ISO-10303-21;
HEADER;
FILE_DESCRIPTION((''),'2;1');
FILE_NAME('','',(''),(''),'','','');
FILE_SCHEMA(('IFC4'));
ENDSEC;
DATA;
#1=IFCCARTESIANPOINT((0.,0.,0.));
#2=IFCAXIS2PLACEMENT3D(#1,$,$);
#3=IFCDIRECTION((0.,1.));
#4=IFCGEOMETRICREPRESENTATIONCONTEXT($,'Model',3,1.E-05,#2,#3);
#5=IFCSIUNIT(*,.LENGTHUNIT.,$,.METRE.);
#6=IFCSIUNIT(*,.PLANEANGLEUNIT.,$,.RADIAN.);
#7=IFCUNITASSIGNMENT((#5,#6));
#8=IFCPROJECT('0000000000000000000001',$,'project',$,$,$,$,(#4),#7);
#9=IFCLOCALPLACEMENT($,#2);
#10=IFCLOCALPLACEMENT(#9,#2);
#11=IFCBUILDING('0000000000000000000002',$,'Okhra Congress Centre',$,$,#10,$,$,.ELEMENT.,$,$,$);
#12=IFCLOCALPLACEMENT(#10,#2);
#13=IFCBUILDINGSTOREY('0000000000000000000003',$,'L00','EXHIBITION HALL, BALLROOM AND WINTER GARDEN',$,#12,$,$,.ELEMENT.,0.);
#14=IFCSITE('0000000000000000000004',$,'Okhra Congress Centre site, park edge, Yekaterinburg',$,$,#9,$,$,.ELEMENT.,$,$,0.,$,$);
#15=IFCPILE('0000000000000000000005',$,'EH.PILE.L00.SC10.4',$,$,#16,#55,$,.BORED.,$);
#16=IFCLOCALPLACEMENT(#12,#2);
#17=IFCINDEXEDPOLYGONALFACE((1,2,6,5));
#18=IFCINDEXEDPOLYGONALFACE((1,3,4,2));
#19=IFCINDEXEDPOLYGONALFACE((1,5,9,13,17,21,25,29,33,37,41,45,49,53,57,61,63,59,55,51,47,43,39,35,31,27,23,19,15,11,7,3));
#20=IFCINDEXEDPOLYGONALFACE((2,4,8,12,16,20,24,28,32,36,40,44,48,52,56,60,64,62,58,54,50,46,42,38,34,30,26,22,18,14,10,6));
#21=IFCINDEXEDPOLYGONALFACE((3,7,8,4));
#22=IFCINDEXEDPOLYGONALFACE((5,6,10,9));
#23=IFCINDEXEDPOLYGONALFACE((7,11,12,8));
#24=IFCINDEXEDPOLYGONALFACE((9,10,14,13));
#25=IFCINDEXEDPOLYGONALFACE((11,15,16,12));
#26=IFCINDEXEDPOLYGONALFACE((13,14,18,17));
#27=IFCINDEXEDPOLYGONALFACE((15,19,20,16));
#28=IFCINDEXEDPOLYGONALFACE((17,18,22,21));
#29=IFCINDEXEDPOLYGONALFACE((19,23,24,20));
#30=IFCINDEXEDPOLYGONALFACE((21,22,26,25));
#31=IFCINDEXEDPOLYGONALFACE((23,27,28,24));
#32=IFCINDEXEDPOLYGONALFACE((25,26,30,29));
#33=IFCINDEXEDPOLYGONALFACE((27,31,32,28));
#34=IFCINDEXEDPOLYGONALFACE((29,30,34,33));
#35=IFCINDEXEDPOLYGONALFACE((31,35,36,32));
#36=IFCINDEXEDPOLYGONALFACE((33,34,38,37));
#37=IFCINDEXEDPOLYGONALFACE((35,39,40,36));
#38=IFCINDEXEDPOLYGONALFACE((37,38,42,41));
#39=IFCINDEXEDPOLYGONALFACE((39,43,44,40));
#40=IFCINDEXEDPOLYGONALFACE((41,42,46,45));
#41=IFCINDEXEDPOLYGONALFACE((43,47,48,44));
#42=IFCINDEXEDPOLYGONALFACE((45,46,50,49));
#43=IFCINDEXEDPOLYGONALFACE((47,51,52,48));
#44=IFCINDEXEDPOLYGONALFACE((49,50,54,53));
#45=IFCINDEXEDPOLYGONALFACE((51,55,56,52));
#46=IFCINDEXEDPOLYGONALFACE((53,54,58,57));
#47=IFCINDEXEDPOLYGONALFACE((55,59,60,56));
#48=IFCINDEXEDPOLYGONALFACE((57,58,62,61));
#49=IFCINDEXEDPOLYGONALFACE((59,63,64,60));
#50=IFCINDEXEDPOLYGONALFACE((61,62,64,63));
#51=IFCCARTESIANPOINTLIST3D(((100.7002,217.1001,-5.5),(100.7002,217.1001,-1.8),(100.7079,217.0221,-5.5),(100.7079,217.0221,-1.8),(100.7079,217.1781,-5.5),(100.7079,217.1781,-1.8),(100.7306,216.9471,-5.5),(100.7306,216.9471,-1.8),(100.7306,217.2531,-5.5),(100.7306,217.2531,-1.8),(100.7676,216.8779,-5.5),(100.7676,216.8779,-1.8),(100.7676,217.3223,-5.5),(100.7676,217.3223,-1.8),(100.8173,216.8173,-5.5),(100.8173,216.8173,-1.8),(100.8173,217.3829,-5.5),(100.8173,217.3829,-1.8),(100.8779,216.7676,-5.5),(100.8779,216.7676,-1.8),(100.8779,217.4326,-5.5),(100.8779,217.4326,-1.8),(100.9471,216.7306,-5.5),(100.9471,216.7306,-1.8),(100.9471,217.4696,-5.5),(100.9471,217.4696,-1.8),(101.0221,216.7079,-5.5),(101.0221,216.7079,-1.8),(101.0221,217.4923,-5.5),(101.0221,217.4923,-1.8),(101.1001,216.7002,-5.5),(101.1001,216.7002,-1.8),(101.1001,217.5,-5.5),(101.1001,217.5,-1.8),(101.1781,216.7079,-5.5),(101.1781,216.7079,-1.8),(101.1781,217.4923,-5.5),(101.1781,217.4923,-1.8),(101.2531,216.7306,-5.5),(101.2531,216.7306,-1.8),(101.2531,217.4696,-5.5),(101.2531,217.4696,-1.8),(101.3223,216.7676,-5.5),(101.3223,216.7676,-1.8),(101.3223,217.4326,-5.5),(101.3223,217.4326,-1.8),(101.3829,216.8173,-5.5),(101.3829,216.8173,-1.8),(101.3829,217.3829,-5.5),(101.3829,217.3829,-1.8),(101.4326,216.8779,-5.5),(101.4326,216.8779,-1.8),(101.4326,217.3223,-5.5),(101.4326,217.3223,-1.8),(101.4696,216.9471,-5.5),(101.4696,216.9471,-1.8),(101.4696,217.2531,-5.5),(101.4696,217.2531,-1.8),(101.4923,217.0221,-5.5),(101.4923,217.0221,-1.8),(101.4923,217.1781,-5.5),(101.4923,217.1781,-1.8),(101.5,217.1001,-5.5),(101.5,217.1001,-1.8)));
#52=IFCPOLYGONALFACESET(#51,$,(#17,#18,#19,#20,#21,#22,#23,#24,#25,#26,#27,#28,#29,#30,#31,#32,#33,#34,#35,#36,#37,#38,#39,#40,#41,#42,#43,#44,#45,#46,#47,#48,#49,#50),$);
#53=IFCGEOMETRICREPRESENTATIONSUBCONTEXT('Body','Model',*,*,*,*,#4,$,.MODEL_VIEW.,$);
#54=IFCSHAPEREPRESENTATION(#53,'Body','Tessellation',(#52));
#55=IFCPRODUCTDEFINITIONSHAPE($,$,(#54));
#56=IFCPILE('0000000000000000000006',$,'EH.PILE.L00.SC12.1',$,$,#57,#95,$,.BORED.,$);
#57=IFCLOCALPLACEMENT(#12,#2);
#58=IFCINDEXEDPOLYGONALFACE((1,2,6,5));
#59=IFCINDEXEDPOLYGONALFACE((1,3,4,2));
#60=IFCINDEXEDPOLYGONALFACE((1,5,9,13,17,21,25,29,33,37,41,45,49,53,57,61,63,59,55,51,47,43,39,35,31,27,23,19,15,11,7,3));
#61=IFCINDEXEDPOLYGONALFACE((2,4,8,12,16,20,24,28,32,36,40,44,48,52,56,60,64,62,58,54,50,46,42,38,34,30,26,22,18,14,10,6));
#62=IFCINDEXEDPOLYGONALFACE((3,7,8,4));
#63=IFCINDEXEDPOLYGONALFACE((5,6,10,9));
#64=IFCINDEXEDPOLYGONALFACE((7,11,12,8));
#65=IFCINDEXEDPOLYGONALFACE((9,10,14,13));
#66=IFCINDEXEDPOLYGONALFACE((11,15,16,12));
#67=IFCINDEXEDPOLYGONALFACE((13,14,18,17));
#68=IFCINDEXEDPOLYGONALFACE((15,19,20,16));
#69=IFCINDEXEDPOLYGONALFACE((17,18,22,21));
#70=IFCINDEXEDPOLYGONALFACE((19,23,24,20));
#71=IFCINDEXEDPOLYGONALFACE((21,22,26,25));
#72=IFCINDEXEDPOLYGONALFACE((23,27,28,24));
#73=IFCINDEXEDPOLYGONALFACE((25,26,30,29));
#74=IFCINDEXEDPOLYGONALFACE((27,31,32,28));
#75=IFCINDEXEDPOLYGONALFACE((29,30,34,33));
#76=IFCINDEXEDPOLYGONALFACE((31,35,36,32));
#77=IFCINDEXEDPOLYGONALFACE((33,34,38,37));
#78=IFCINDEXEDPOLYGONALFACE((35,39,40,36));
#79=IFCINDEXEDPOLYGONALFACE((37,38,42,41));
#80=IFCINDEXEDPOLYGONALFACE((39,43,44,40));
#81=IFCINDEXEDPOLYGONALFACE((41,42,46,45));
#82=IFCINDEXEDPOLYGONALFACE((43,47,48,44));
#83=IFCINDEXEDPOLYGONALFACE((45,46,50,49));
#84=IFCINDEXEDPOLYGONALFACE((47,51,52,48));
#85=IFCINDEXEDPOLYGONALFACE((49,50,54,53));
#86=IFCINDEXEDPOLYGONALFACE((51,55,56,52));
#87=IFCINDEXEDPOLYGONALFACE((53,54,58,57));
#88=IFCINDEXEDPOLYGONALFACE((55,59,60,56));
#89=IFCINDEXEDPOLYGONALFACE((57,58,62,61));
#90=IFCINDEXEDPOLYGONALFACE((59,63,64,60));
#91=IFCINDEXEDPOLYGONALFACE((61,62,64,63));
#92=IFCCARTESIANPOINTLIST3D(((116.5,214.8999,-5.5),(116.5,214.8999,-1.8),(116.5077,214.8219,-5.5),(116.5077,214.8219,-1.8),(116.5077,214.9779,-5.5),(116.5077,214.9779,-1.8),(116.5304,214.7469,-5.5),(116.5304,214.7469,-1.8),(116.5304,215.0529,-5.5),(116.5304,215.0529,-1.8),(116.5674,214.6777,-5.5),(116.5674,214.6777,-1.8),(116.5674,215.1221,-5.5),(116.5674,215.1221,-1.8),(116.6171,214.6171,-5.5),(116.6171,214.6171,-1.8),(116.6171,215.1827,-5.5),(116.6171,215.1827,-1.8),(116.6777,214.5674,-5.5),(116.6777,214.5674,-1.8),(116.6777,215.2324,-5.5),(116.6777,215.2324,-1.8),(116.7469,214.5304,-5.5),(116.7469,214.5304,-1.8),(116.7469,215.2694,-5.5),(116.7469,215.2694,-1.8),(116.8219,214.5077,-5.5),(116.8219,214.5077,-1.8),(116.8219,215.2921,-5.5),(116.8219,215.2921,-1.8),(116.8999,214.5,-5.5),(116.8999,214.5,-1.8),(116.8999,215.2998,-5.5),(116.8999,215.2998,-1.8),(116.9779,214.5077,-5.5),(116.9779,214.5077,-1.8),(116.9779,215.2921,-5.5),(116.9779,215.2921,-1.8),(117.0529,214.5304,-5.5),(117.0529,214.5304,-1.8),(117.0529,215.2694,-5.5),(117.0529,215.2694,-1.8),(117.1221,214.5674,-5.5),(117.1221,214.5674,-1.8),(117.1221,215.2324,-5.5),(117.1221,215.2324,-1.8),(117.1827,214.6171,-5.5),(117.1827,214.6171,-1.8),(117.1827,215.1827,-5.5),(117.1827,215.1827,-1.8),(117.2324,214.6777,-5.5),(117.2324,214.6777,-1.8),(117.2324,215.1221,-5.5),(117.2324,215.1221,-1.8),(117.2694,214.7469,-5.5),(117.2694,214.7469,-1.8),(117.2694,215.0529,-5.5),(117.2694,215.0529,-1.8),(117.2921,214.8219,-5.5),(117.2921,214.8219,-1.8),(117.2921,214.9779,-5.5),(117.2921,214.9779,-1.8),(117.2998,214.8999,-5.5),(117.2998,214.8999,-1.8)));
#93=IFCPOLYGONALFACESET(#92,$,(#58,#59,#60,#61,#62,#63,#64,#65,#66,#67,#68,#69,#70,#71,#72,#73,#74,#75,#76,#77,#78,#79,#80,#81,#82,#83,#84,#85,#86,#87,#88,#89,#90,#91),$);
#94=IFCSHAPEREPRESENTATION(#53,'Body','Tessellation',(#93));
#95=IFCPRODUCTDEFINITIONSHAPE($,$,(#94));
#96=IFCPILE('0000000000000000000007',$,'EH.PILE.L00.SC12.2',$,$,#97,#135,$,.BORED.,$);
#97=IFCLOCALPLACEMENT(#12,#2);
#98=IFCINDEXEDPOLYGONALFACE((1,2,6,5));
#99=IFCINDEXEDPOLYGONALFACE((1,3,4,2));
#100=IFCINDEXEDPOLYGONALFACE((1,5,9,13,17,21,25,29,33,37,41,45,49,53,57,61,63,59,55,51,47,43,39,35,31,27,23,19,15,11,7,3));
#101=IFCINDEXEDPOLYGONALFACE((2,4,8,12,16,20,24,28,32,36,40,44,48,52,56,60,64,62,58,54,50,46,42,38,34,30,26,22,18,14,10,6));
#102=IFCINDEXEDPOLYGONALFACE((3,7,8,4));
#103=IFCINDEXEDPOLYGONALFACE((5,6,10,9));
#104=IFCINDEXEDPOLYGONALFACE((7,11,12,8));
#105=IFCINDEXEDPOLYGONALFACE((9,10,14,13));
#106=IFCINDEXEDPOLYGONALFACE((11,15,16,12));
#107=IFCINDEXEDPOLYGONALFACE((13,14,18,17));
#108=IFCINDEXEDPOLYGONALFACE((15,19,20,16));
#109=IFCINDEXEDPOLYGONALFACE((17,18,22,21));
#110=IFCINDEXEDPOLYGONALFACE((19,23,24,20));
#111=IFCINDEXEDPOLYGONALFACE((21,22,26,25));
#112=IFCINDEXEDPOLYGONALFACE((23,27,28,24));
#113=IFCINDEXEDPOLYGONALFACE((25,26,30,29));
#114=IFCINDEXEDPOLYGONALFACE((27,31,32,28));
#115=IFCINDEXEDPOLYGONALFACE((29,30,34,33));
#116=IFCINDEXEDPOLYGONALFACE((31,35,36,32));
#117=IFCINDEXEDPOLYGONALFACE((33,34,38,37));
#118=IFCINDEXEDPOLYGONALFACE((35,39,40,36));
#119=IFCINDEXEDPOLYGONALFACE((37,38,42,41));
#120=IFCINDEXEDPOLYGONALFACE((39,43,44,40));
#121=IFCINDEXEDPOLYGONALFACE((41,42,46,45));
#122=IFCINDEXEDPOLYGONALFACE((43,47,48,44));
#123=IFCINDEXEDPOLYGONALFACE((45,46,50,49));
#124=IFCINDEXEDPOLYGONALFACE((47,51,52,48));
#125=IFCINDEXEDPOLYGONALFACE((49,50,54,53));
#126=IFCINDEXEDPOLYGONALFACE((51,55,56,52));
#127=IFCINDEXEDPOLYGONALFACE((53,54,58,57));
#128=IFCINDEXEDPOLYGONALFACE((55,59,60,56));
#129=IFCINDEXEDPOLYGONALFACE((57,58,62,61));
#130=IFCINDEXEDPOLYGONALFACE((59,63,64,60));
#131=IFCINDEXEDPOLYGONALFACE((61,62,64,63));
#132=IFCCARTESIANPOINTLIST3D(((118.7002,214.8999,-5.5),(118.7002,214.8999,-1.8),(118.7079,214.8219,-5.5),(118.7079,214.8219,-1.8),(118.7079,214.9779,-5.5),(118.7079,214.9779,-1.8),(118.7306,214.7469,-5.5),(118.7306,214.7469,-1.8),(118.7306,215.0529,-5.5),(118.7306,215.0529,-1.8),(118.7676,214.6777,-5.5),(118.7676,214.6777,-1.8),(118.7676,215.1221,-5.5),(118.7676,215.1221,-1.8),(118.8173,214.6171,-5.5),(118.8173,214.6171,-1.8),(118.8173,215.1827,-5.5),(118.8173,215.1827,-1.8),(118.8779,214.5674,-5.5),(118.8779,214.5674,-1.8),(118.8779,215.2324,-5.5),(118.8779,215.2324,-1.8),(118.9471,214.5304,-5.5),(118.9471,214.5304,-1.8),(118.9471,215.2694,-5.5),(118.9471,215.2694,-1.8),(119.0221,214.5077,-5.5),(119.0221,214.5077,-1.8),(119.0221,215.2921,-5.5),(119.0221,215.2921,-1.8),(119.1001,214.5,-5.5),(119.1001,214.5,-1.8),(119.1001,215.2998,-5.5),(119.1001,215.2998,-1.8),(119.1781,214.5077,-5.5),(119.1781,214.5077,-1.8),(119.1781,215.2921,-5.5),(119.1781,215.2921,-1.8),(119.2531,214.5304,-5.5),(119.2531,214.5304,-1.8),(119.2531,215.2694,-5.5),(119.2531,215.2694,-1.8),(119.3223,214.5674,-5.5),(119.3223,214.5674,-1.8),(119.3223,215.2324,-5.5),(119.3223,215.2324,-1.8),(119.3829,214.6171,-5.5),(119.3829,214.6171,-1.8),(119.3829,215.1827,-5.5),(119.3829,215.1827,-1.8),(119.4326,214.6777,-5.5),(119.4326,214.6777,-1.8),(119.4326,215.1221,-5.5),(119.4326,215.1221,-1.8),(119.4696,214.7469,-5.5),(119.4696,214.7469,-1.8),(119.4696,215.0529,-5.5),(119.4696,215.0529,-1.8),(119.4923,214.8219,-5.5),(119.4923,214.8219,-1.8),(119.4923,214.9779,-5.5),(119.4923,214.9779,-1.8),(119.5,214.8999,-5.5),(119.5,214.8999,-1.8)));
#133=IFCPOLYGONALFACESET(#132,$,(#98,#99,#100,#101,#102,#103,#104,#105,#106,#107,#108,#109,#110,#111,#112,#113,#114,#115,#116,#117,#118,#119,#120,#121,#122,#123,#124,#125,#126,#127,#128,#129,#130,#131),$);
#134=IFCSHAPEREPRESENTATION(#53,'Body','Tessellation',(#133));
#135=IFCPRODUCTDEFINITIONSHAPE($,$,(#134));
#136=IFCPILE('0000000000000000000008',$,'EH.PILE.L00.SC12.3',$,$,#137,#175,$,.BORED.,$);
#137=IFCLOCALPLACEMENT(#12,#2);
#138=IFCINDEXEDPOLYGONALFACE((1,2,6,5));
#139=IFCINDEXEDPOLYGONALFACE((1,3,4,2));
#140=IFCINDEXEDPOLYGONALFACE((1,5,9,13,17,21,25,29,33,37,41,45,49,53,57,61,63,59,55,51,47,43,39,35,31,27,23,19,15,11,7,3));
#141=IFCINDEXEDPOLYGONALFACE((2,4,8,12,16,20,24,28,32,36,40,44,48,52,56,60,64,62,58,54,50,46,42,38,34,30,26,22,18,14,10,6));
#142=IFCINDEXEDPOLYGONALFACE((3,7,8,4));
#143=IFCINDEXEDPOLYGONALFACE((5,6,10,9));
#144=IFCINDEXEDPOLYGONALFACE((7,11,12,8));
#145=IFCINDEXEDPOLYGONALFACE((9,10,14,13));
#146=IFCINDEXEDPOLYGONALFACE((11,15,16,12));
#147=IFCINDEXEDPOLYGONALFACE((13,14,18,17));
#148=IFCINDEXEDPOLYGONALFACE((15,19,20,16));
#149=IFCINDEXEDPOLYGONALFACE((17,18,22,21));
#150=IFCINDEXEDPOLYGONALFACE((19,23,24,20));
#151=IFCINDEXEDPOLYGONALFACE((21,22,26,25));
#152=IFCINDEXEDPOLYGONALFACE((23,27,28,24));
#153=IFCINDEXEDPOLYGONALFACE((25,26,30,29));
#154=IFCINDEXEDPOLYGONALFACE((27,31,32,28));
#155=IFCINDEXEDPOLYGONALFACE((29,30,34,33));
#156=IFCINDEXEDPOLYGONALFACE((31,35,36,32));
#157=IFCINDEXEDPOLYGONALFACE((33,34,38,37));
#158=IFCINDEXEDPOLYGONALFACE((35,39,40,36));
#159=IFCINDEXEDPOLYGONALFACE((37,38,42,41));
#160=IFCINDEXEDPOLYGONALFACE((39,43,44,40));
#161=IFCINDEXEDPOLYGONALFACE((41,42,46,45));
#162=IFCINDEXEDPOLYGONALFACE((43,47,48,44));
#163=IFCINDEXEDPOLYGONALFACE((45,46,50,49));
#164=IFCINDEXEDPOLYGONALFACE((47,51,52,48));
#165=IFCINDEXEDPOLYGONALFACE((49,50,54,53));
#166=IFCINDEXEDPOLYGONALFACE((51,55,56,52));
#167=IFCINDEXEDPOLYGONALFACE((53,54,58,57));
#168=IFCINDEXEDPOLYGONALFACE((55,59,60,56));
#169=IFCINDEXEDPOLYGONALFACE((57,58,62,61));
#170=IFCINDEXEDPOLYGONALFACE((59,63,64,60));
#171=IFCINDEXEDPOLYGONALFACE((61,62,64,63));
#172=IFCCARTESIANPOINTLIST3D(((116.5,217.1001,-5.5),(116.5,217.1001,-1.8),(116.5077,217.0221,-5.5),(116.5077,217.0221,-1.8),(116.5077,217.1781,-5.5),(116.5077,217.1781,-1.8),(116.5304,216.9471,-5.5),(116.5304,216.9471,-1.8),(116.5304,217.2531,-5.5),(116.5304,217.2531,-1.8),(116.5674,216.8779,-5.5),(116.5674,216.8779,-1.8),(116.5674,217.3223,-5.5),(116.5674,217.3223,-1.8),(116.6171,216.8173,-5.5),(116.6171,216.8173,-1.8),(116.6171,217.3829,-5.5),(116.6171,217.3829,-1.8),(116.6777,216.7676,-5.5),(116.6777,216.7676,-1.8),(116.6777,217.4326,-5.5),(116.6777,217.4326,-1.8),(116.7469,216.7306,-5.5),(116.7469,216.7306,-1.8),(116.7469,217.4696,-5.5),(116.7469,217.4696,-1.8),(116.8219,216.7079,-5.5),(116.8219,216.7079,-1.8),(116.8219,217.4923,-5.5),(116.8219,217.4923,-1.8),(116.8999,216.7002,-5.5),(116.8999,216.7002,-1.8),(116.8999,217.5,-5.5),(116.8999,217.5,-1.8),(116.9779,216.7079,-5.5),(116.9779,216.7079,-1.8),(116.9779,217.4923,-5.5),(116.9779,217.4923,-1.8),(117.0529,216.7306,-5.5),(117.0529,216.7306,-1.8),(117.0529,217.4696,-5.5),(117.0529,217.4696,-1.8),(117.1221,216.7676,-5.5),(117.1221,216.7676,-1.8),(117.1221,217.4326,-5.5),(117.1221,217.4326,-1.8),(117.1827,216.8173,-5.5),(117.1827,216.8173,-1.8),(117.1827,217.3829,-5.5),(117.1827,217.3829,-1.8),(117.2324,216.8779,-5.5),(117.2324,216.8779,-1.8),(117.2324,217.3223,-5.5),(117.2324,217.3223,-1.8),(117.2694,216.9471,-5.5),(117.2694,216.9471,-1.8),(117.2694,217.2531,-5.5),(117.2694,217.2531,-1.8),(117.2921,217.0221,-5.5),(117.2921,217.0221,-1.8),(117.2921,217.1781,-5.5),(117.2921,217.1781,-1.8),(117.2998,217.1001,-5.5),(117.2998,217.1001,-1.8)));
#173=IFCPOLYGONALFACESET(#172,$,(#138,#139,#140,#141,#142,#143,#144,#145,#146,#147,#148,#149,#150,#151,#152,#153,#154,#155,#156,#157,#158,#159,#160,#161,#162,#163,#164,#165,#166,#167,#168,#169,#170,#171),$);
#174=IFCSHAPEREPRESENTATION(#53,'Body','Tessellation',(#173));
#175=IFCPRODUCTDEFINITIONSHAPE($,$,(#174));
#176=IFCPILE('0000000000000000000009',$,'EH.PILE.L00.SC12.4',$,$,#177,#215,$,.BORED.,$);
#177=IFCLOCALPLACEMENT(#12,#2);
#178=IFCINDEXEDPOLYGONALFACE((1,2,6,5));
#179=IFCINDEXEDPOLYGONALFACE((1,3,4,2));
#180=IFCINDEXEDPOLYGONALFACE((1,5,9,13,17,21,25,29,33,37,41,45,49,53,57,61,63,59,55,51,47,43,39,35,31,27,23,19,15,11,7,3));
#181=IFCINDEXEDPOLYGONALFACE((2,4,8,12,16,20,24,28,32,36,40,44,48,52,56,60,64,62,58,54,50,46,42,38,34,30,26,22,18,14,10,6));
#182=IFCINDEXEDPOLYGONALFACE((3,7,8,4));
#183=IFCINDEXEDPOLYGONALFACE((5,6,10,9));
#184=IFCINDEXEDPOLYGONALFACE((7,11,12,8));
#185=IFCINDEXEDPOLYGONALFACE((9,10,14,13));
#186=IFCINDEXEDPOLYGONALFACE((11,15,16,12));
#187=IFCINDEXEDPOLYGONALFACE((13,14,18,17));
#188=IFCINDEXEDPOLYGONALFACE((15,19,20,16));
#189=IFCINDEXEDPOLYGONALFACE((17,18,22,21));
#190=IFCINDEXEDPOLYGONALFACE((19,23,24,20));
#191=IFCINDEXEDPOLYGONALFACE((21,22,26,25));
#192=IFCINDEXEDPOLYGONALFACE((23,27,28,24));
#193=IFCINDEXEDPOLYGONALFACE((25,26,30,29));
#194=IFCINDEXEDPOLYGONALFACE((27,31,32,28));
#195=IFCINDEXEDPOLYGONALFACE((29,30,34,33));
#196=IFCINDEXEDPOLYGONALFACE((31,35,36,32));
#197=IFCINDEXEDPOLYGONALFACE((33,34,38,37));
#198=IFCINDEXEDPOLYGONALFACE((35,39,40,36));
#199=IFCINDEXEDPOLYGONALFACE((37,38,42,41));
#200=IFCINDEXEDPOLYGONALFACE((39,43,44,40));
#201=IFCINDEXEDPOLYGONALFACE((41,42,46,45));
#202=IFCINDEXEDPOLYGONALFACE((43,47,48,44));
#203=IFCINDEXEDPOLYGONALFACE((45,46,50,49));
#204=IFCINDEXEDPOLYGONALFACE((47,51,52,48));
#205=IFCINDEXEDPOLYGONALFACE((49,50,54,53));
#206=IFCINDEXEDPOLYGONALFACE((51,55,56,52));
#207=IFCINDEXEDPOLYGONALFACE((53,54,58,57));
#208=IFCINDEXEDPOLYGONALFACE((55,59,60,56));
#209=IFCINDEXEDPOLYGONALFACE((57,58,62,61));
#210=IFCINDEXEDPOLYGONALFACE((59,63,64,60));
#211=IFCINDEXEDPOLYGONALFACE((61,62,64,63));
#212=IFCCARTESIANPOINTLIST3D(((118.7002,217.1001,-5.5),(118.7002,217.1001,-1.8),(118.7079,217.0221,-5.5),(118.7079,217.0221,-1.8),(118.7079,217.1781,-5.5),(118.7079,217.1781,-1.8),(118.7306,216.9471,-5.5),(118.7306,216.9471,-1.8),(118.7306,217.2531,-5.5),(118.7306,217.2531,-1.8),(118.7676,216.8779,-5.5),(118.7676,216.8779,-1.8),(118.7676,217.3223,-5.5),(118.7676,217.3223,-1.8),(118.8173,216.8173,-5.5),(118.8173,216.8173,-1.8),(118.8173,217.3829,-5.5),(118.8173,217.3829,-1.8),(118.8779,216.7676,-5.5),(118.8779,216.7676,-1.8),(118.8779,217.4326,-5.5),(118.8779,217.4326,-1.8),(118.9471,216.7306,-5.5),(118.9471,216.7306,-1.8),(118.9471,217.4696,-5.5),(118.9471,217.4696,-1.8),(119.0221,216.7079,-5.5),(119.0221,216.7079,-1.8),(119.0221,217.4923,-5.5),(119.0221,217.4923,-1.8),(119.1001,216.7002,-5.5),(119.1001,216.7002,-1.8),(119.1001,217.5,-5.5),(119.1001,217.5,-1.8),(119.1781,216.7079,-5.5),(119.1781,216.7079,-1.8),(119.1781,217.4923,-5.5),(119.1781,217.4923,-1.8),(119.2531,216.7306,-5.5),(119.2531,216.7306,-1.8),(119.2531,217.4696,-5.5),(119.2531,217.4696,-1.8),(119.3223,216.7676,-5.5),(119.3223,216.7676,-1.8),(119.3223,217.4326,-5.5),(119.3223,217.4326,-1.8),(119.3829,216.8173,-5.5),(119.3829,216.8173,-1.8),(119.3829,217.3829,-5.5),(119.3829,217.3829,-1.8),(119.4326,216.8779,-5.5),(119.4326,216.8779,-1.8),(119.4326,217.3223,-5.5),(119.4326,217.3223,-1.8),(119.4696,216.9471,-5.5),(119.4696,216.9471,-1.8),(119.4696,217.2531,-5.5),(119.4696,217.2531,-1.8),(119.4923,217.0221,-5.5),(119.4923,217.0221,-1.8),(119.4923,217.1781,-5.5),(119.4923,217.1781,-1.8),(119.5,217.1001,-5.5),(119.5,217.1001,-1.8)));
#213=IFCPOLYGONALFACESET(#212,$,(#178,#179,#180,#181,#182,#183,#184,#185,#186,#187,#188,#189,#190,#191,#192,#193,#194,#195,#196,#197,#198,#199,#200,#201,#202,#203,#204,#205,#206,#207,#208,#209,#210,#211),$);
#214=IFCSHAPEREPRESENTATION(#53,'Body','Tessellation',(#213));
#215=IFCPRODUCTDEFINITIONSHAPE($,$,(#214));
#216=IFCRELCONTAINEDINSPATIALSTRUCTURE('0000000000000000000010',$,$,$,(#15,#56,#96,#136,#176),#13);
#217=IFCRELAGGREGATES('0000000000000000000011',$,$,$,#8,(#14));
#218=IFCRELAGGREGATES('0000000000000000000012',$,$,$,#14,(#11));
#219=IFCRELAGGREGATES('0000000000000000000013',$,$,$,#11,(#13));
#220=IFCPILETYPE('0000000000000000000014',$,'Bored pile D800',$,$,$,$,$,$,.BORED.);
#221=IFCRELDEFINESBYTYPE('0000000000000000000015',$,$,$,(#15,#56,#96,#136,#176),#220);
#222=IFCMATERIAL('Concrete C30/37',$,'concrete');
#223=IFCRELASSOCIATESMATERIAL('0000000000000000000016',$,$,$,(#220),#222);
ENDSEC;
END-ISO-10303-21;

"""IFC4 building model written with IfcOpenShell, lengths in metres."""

from ifc_helpers import new_model, si_unit, direction, frame, origin, origin_2d, place, context, subcontext, project, spatial, circle, extrude, material, material_profile, profile_set, type_object, element, save


model = new_model("IFC4")

# Units and contexts
model_context = context("Model", 3, precision=1e-05, world=origin(), true_north=direction((0.0, 1.0)))
body_context = subcontext(model_context, "Body", "Model", "MODEL_VIEW")
ifc_project = project(units=[si_unit("LENGTHUNIT", "METRE"), si_unit("PLANEANGLEUNIT", "RADIAN")], contexts=[model_context])

# Site, building, storey
site_placement = place(None, origin())
site = spatial("IfcSite", under=ifc_project, at=site_placement, Name="Okhra Congress Centre site, park edge, Yekaterinburg", CompositionType="ELEMENT", RefElevation=0.0)
building_placement = place(site_placement, origin())
building = spatial("IfcBuilding", under=site, at=building_placement, Name="Okhra Congress Centre", CompositionType="ELEMENT")
storey_placement = place(building_placement, origin())
storey = spatial("IfcBuildingStorey", under=building, at=storey_placement, Name="L00", Description="EXHIBITION HALL, BALLROOM AND WINTER GARDEN", CompositionType="ELEMENT", Elevation=0.0)

# Piles
ifc_material_1 = material(Name="Concrete C30/37", Category="concrete")
ifc_material_profile_1 = material_profile(ifc_material_1, circle(Radius=0.3999, at=origin_2d()), Name="D800")
ifc_profile_set_1 = profile_set([ifc_material_profile_1], Name="Concrete C30/37")
pile_type = type_object("IfcPileType", Name="Bored pile D800", PredefinedType="BORED", material=ifc_profile_set_1)
for number, where, z_axis, x_axis, name in (
    (1, (101.1001, 217.1001, -1.8), (0.0, 0.0, -1.0), (1.0, 0.0, 0.0), "EH.PILE.L00.SC10.4"),
    (2, (116.8999, 214.8999, -1.8), (0.0, 0.0, -1.0), (1.0, 0.0, 0.0), "EH.PILE.L00.SC12.1"),
    (3, (119.1001, 214.8999, -1.8), (0.0, 0.0, -1.0), (1.0, 0.0, 0.0), "EH.PILE.L00.SC12.2"),
    (4, (116.8999, 217.1001, -1.8), (0.0, 0.0, -1.0), (1.0, 0.0, 0.0), "EH.PILE.L00.SC12.3"),
    (5, (119.1001, 217.1001, -1.8), (0.0, 0.0, -1.0), (1.0, 0.0, 0.0), "EH.PILE.L00.SC12.4"),
):
    element("IfcPile", number, at=place(storey_placement, frame(where, z_axis=z_axis, x_axis=x_axis)), inside=storey, type_object=pile_type, Name=name, PredefinedType="BORED", context=body_context, shape_type="SweptSolid", body=[
        extrude(circle(Radius=0.3999, at=origin_2d()), origin(), (0.0, 0.0, 1.0), 3.7),
    ])

save(model, "model.ifc")
